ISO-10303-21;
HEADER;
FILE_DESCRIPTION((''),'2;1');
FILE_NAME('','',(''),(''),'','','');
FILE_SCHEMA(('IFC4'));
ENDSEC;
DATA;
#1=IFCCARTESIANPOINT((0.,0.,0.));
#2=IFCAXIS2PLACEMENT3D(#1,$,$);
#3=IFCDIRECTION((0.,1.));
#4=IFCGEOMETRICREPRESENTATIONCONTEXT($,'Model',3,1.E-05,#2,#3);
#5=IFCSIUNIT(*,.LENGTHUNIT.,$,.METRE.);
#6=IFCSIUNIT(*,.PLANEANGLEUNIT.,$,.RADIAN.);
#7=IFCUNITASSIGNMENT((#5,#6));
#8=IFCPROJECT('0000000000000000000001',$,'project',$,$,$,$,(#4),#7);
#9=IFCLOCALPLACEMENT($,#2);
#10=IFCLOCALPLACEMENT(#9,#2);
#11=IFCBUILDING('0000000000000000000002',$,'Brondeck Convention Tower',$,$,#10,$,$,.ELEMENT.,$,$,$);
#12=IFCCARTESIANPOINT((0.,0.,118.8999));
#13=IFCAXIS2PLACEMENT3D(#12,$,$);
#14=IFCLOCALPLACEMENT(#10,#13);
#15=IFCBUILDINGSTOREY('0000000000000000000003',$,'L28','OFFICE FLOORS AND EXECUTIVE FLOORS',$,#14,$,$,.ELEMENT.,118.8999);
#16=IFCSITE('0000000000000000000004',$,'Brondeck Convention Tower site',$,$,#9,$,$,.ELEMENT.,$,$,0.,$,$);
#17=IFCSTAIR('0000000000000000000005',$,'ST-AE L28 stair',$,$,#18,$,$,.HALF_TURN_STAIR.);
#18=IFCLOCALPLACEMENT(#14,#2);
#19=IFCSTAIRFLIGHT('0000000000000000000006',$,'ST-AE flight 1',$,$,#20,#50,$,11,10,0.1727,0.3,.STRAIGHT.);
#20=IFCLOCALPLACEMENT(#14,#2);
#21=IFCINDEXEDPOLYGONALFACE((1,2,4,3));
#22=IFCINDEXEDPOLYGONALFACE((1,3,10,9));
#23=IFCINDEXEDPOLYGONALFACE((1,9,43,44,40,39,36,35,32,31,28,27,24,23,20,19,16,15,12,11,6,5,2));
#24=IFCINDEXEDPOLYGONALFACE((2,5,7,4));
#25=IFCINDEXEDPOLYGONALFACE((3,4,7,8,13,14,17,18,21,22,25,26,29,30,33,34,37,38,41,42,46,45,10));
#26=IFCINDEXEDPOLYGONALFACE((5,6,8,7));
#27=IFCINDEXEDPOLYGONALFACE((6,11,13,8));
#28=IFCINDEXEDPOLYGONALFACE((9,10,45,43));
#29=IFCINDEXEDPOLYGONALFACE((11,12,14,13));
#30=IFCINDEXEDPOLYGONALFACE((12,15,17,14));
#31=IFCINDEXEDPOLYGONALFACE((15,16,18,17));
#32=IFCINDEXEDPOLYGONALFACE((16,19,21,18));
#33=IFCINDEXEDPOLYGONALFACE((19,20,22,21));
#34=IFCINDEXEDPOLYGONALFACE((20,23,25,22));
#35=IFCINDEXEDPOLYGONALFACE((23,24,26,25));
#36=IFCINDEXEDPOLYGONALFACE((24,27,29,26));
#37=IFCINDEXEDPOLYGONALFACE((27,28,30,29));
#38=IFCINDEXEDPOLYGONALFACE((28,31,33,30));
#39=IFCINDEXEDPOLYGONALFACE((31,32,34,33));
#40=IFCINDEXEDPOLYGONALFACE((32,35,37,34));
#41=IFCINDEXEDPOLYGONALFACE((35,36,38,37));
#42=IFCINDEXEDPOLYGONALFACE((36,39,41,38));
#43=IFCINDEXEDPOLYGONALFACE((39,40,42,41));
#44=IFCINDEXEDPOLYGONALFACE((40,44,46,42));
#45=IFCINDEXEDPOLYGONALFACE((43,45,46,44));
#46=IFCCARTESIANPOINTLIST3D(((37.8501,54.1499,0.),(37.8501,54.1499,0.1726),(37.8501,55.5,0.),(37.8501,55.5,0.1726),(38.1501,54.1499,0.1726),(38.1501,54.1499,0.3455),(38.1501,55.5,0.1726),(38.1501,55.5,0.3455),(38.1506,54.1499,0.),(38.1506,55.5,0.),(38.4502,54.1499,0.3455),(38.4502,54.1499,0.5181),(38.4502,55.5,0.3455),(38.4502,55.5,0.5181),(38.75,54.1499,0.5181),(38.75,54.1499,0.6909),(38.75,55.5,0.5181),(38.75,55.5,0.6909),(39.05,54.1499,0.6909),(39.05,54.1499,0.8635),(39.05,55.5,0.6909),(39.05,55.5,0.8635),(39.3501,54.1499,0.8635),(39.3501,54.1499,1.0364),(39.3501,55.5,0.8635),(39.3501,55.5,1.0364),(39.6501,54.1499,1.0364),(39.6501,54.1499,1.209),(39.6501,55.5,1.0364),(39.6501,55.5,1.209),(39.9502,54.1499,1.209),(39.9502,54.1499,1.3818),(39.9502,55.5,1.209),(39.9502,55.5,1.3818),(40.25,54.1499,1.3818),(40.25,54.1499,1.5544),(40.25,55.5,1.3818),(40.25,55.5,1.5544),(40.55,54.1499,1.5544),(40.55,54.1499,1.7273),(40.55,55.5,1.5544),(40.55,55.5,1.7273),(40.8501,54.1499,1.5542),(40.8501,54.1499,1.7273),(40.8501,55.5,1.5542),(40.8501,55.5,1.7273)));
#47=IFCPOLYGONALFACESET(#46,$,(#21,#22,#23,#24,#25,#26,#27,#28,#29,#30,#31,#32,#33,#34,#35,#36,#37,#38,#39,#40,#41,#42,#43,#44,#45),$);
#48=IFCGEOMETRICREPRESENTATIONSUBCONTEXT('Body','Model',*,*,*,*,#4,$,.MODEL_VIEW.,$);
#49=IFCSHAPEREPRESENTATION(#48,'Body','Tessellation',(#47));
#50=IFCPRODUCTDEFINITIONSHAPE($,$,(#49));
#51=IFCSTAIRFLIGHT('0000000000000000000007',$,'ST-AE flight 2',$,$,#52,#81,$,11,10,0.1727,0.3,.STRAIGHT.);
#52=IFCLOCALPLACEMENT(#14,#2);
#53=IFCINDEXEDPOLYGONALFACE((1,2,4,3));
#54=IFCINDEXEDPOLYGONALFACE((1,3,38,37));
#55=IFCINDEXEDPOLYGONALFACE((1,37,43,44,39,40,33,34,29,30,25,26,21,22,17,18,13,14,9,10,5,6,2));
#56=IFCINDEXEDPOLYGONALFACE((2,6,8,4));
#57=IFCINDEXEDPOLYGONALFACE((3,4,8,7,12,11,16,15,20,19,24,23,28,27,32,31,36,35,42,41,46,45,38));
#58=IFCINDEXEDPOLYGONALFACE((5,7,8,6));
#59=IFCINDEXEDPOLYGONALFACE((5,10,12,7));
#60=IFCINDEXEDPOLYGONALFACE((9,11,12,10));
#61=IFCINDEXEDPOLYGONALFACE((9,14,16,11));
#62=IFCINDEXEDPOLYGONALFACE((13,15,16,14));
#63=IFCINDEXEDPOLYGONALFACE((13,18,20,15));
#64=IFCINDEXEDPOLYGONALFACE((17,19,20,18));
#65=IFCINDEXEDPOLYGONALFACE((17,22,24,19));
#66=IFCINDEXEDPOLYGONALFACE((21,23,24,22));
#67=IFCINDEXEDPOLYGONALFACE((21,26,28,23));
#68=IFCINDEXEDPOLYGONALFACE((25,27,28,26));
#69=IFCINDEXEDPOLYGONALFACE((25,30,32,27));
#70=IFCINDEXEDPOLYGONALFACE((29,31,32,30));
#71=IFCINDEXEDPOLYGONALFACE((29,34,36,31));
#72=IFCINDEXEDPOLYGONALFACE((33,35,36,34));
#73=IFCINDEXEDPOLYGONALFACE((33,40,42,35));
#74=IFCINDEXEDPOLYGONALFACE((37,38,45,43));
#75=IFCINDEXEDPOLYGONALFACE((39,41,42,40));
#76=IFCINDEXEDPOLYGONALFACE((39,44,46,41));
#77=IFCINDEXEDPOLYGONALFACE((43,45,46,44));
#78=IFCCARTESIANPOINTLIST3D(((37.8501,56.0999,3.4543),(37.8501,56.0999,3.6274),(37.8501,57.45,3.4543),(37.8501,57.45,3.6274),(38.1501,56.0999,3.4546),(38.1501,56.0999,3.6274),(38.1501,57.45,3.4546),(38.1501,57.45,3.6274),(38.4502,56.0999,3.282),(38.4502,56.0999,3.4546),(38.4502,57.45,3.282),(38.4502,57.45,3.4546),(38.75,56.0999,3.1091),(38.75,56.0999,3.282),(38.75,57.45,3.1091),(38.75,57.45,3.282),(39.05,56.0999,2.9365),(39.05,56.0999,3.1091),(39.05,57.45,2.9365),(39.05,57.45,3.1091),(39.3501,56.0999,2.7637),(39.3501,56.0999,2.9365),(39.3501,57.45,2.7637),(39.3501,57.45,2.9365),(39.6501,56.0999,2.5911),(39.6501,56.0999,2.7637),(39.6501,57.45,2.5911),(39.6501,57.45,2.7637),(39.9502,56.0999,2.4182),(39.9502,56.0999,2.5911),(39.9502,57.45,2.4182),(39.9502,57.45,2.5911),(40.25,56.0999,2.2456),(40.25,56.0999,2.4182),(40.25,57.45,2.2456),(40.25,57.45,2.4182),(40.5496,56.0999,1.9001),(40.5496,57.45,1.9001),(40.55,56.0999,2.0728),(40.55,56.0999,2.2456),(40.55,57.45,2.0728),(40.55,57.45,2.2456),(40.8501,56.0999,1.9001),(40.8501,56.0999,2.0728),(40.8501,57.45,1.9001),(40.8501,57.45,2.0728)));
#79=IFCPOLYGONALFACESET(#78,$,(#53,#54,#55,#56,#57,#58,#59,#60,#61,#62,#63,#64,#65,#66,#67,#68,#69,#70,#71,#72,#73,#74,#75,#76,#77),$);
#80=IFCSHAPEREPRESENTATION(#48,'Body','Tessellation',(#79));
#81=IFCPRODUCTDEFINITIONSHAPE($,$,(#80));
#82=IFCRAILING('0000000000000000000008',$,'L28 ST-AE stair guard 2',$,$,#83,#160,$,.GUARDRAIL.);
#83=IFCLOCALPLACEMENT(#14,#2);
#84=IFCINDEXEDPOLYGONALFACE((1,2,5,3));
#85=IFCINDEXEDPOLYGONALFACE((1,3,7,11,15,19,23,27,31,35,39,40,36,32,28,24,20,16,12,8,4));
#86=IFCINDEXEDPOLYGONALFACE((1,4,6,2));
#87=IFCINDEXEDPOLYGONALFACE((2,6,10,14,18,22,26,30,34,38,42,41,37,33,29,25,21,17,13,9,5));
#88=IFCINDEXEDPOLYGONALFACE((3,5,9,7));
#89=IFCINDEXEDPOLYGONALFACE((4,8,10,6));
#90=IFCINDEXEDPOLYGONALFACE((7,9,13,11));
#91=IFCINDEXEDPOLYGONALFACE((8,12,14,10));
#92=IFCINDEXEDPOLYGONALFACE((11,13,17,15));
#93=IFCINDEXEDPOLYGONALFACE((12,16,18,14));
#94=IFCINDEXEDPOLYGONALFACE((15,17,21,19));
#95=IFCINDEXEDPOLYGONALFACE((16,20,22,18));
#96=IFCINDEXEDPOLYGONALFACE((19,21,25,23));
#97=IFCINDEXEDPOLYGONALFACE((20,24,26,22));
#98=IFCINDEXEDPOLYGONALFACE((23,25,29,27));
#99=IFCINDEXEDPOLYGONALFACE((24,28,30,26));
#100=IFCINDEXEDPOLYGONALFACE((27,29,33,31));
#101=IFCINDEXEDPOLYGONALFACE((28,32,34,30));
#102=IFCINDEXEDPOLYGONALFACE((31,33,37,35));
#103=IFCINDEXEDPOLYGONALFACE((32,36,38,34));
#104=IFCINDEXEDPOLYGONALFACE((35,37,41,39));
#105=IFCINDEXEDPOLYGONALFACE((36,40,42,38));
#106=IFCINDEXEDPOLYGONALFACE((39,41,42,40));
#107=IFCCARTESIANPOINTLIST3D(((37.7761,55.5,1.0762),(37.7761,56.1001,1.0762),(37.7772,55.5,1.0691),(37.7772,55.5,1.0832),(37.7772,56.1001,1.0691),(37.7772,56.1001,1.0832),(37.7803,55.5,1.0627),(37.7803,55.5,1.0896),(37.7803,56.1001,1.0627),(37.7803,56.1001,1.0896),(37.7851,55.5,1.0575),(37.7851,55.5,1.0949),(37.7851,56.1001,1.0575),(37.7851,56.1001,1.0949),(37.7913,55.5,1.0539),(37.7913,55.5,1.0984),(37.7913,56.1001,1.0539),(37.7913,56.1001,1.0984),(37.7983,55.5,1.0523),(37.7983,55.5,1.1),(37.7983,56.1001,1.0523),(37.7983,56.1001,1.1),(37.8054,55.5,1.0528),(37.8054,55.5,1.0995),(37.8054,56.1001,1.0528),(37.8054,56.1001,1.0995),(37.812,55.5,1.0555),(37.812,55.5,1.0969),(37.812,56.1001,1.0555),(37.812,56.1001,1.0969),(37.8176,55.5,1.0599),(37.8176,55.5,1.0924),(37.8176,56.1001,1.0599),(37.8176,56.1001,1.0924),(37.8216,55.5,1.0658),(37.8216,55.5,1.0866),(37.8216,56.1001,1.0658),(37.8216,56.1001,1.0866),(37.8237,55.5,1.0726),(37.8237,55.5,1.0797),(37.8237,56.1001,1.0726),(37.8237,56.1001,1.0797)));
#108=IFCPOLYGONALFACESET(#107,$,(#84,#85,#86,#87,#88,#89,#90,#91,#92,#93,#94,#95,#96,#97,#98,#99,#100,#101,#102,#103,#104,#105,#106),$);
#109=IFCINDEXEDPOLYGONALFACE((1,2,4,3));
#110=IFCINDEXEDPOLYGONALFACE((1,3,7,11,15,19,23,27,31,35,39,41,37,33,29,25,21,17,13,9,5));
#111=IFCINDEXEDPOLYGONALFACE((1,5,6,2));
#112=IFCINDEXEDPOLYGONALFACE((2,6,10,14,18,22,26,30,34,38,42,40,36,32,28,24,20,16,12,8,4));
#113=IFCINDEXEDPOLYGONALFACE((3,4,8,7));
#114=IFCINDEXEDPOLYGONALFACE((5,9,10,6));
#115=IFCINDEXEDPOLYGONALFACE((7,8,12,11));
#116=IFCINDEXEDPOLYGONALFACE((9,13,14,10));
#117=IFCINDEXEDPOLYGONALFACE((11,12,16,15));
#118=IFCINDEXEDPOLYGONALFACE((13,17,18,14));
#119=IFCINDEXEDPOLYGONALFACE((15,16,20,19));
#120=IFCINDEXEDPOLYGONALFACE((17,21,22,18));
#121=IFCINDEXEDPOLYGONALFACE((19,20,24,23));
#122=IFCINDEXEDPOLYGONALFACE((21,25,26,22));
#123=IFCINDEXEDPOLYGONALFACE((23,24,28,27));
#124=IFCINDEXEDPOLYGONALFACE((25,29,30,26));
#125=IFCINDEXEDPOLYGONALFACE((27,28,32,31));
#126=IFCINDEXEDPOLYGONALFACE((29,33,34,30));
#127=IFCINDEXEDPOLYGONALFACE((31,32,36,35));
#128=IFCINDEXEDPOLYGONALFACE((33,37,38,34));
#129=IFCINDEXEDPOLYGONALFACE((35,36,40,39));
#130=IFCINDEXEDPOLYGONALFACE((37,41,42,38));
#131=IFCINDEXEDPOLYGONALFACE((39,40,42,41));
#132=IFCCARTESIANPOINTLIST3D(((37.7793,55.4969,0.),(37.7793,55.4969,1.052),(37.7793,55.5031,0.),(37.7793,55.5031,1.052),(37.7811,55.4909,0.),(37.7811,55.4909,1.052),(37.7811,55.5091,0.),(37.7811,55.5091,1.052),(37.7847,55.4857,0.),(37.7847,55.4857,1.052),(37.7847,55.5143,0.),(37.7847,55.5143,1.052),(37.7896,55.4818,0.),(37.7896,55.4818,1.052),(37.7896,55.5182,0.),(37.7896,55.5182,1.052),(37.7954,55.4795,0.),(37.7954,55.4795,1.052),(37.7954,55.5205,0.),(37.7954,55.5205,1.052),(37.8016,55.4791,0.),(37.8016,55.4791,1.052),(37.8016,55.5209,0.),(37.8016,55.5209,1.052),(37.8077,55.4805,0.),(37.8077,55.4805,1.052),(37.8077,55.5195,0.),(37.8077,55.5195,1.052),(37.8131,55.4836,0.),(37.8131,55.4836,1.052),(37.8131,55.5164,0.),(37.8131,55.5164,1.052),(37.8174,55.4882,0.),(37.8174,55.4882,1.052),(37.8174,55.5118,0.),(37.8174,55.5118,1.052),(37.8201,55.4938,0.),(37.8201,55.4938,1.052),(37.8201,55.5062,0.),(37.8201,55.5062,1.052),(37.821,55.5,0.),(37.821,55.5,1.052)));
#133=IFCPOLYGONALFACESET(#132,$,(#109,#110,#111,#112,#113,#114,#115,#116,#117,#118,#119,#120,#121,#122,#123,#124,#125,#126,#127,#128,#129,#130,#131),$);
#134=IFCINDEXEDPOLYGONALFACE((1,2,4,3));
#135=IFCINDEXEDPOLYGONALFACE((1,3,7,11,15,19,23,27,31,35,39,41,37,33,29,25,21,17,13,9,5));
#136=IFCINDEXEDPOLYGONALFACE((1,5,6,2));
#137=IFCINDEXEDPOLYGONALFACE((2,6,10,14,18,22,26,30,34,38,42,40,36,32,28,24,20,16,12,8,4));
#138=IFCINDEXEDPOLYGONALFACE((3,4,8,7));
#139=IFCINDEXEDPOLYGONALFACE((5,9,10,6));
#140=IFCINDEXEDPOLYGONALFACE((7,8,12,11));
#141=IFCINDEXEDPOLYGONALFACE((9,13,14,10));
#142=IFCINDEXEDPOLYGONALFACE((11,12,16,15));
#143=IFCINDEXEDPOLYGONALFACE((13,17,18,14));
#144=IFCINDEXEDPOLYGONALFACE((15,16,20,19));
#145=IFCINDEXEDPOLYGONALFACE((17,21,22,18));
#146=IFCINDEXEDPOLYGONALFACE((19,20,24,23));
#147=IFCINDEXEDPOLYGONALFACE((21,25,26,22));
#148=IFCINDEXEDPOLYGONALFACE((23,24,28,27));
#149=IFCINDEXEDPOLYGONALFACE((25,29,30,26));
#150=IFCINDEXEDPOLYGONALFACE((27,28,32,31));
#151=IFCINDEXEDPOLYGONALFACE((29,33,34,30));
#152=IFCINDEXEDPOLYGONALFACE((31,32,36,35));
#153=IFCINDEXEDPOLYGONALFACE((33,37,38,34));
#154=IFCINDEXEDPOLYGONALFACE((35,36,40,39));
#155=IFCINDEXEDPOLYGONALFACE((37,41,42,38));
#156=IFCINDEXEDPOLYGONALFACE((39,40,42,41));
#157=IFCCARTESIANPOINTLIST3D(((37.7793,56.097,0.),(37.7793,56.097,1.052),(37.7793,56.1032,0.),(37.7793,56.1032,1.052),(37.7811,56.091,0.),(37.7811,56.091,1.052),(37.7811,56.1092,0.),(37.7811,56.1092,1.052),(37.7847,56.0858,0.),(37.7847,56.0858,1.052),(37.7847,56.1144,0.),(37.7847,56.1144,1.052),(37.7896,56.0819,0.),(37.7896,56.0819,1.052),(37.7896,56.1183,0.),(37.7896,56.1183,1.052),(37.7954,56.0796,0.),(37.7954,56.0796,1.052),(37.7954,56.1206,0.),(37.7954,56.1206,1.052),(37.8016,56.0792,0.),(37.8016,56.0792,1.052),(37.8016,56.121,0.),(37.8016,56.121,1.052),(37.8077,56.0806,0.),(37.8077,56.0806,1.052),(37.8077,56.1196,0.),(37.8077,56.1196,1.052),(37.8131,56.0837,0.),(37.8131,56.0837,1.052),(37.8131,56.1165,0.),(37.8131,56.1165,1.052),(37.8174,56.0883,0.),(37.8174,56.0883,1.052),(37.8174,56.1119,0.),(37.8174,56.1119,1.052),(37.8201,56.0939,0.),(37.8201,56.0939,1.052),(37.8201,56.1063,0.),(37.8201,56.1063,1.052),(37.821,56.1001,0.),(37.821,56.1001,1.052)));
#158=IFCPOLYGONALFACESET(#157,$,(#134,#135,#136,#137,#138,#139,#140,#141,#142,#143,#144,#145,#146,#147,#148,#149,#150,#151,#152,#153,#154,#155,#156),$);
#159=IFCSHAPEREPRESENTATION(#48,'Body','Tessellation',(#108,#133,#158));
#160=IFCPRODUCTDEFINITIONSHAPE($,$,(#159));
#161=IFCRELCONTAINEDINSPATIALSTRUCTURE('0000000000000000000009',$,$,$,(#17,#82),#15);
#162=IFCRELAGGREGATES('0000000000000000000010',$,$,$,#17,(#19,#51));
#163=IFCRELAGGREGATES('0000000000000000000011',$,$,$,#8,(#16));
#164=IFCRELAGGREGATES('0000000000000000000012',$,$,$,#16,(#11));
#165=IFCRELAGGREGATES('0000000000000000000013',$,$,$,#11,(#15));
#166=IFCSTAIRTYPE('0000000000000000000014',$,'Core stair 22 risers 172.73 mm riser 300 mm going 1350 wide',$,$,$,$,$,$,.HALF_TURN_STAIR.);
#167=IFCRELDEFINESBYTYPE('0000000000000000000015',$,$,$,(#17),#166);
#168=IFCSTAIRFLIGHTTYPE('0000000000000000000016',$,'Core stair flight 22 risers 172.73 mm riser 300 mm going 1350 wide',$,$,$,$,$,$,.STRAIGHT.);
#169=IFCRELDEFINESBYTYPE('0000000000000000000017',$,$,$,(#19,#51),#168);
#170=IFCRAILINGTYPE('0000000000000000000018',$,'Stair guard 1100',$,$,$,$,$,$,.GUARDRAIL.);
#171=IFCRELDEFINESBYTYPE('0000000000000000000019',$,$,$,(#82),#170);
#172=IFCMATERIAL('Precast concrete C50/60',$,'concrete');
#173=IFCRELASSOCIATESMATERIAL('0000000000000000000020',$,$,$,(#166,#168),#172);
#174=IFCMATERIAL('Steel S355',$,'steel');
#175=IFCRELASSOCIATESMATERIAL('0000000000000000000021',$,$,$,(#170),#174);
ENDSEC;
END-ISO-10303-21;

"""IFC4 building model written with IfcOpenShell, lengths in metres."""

from ifc_helpers import new_model, si_unit, direction, frame, origin, origin_2d, place, context, subcontext, project, spatial, polyline, circle, outline, extrude, material, type_object, element, aggregate, save


model = new_model("IFC4")

# Units and contexts
model_context = context("Model", 3, precision=1e-05, world=origin(), true_north=direction((0.0, 1.0)))
body_context = subcontext(model_context, "Body", "Model", "MODEL_VIEW")
ifc_project = project(units=[si_unit("LENGTHUNIT", "METRE"), si_unit("PLANEANGLEUNIT", "RADIAN")], contexts=[model_context])

# Site, building, storey
site_placement = place(None, origin())
site = spatial("IfcSite", under=ifc_project, at=site_placement, Name="Brondeck Convention Tower site", CompositionType="ELEMENT", RefElevation=0.0)
building_placement = place(site_placement, origin())
building = spatial("IfcBuilding", under=site, at=building_placement, Name="Brondeck Convention Tower", CompositionType="ELEMENT")
storey_placement = place(building_placement, frame((0.0, 0.0, 118.8999)))
storey = spatial("IfcBuildingStorey", under=building, at=storey_placement, Name="L28", Description="OFFICE FLOORS AND EXECUTIVE FLOORS", CompositionType="ELEMENT", Elevation=118.8999)

# Shared definitions
ifc_material_1 = material(Name="Steel S355", Category="steel")

# Stair, stair flights
ifc_material_2 = material(Name="Precast concrete C50/60", Category="concrete")
stair_type = type_object("IfcStairType", Name="Core stair 22 risers 172.73 mm riser 300 mm going 1350 wide", PredefinedType="HALF_TURN_STAIR", material=ifc_material_2)
stair_placement = place(storey_placement, origin())
stair = element("IfcStair", 1, at=stair_placement, inside=storey, type_object=stair_type, Name="ST-AE L28 stair", PredefinedType="HALF_TURN_STAIR")
stair_flight_type = type_object("IfcStairFlightType", Name="Core stair flight 22 risers 172.73 mm riser 300 mm going 1350 wide", PredefinedType="STRAIGHT", material=ifc_material_2)
stair_flight_1_placement = place(storey_placement, frame((37.8501, 54.825, 0.0), z_axis=(0.0, 0.0, 1.0), x_axis=(1.0, 0.0, 0.0)))
stair_flight_1 = element("IfcStairFlight", 2, at=stair_flight_1_placement, type_object=stair_flight_type, Name="ST-AE flight 1", NumberOfRisers=11, NumberOfTreads=10, PredefinedType="STRAIGHT", RiserHeight=0.1727, TreadLength=0.3, context=body_context, shape_type="SweptSolid", body=[
    extrude(outline(polyline([(0.0, 0.0), (0.0, 0.1726), (0.3, 0.1726), (0.3, 0.3455), (0.6001, 0.3455), (0.6001, 0.5181), (0.8999, 0.5181), (0.8999, 0.6909), (1.2, 0.6909), (1.2, 0.8635), (1.5, 0.8635), (1.5, 1.0364), (1.8, 1.0364), (1.8, 1.209), (2.1001, 1.209), (2.1001, 1.3818), (2.3999, 1.3818), (2.3999, 1.5544), (2.7, 1.5544), (2.7, 1.7273), (3.0, 1.7273), (3.0, 1.8999), (3.0, 1.5542), (0.3005, 0.0), (0.0, 0.0)])), frame((0.0, 0.675, 0.0), z_axis=(0.0, -1.0, 0.0), x_axis=(1.0, 0.0, 0.0)), (0.0, 0.0, 1.0), 1.3501),
])
stair_flight_2_placement = place(storey_placement, frame((40.8501, 56.7749, 1.9001), z_axis=(0.0, 0.0, 1.0), x_axis=(-1.0, 0.0, 0.0)))
stair_flight_2 = element("IfcStairFlight", 3, at=stair_flight_2_placement, type_object=stair_flight_type, Name="ST-AE flight 2", NumberOfRisers=11, NumberOfTreads=10, PredefinedType="STRAIGHT", RiserHeight=0.1727, TreadLength=0.3, context=body_context, shape_type="SweptSolid", body=[
    extrude(outline(polyline([(0.0, 0.0), (0.0, 0.1726), (0.3, 0.1726), (0.3, 0.3455), (0.6001, 0.3455), (0.6001, 0.5181), (0.8999, 0.5181), (0.8999, 0.6909), (1.2, 0.6909), (1.2, 0.8635), (1.5, 0.8635), (1.5, 1.0364), (1.8, 1.0364), (1.8, 1.209), (2.1001, 1.209), (2.1001, 1.3818), (2.3999, 1.3818), (2.3999, 1.5544), (2.7, 1.5544), (2.7, 1.7273), (3.0, 1.7273), (3.0, 1.8999), (3.0, 1.5542), (0.3005, 0.0), (0.0, 0.0)])), frame((0.0, 0.675, 0.0), z_axis=(0.0, -1.0, 0.0), x_axis=(1.0, 0.0, 0.0)), (0.0, 0.0, 1.0), 1.3501),
])
aggregate(stair, [stair_flight_1, stair_flight_2])

# Railing
railing_type_1 = type_object("IfcRailingType", Name="Stair guard 1100", PredefinedType="GUARDRAIL", material=ifc_material_1)
railing_1_placement = place(storey_placement, frame((37.8, 55.5, 0.0)))
element("IfcRailing", 4, at=railing_1_placement, inside=storey, type_object=railing_type_1, Name="L28 ST-AE stair guard 2", PredefinedType="GUARDRAIL", context=body_context, shape_type="SweptSolid", body=[
    extrude(circle(Radius=0.0239, at=origin_2d()), frame((0.0, 0.0, 1.0762), z_axis=(0.0, 1.0, 0.0), x_axis=(-1.0, 0.0, 0.0)), (0.0, 0.0, 1.0), 0.6001),
    extrude(circle(Radius=0.021, at=origin_2d()), origin(), (0.0, 0.0, 1.0), 1.052),
    extrude(circle(Radius=0.021, at=origin_2d()), frame((0.0, 0.6001, 0.0)), (0.0, 0.0, 1.0), 1.052),
])

save(model, "model.ifc")
